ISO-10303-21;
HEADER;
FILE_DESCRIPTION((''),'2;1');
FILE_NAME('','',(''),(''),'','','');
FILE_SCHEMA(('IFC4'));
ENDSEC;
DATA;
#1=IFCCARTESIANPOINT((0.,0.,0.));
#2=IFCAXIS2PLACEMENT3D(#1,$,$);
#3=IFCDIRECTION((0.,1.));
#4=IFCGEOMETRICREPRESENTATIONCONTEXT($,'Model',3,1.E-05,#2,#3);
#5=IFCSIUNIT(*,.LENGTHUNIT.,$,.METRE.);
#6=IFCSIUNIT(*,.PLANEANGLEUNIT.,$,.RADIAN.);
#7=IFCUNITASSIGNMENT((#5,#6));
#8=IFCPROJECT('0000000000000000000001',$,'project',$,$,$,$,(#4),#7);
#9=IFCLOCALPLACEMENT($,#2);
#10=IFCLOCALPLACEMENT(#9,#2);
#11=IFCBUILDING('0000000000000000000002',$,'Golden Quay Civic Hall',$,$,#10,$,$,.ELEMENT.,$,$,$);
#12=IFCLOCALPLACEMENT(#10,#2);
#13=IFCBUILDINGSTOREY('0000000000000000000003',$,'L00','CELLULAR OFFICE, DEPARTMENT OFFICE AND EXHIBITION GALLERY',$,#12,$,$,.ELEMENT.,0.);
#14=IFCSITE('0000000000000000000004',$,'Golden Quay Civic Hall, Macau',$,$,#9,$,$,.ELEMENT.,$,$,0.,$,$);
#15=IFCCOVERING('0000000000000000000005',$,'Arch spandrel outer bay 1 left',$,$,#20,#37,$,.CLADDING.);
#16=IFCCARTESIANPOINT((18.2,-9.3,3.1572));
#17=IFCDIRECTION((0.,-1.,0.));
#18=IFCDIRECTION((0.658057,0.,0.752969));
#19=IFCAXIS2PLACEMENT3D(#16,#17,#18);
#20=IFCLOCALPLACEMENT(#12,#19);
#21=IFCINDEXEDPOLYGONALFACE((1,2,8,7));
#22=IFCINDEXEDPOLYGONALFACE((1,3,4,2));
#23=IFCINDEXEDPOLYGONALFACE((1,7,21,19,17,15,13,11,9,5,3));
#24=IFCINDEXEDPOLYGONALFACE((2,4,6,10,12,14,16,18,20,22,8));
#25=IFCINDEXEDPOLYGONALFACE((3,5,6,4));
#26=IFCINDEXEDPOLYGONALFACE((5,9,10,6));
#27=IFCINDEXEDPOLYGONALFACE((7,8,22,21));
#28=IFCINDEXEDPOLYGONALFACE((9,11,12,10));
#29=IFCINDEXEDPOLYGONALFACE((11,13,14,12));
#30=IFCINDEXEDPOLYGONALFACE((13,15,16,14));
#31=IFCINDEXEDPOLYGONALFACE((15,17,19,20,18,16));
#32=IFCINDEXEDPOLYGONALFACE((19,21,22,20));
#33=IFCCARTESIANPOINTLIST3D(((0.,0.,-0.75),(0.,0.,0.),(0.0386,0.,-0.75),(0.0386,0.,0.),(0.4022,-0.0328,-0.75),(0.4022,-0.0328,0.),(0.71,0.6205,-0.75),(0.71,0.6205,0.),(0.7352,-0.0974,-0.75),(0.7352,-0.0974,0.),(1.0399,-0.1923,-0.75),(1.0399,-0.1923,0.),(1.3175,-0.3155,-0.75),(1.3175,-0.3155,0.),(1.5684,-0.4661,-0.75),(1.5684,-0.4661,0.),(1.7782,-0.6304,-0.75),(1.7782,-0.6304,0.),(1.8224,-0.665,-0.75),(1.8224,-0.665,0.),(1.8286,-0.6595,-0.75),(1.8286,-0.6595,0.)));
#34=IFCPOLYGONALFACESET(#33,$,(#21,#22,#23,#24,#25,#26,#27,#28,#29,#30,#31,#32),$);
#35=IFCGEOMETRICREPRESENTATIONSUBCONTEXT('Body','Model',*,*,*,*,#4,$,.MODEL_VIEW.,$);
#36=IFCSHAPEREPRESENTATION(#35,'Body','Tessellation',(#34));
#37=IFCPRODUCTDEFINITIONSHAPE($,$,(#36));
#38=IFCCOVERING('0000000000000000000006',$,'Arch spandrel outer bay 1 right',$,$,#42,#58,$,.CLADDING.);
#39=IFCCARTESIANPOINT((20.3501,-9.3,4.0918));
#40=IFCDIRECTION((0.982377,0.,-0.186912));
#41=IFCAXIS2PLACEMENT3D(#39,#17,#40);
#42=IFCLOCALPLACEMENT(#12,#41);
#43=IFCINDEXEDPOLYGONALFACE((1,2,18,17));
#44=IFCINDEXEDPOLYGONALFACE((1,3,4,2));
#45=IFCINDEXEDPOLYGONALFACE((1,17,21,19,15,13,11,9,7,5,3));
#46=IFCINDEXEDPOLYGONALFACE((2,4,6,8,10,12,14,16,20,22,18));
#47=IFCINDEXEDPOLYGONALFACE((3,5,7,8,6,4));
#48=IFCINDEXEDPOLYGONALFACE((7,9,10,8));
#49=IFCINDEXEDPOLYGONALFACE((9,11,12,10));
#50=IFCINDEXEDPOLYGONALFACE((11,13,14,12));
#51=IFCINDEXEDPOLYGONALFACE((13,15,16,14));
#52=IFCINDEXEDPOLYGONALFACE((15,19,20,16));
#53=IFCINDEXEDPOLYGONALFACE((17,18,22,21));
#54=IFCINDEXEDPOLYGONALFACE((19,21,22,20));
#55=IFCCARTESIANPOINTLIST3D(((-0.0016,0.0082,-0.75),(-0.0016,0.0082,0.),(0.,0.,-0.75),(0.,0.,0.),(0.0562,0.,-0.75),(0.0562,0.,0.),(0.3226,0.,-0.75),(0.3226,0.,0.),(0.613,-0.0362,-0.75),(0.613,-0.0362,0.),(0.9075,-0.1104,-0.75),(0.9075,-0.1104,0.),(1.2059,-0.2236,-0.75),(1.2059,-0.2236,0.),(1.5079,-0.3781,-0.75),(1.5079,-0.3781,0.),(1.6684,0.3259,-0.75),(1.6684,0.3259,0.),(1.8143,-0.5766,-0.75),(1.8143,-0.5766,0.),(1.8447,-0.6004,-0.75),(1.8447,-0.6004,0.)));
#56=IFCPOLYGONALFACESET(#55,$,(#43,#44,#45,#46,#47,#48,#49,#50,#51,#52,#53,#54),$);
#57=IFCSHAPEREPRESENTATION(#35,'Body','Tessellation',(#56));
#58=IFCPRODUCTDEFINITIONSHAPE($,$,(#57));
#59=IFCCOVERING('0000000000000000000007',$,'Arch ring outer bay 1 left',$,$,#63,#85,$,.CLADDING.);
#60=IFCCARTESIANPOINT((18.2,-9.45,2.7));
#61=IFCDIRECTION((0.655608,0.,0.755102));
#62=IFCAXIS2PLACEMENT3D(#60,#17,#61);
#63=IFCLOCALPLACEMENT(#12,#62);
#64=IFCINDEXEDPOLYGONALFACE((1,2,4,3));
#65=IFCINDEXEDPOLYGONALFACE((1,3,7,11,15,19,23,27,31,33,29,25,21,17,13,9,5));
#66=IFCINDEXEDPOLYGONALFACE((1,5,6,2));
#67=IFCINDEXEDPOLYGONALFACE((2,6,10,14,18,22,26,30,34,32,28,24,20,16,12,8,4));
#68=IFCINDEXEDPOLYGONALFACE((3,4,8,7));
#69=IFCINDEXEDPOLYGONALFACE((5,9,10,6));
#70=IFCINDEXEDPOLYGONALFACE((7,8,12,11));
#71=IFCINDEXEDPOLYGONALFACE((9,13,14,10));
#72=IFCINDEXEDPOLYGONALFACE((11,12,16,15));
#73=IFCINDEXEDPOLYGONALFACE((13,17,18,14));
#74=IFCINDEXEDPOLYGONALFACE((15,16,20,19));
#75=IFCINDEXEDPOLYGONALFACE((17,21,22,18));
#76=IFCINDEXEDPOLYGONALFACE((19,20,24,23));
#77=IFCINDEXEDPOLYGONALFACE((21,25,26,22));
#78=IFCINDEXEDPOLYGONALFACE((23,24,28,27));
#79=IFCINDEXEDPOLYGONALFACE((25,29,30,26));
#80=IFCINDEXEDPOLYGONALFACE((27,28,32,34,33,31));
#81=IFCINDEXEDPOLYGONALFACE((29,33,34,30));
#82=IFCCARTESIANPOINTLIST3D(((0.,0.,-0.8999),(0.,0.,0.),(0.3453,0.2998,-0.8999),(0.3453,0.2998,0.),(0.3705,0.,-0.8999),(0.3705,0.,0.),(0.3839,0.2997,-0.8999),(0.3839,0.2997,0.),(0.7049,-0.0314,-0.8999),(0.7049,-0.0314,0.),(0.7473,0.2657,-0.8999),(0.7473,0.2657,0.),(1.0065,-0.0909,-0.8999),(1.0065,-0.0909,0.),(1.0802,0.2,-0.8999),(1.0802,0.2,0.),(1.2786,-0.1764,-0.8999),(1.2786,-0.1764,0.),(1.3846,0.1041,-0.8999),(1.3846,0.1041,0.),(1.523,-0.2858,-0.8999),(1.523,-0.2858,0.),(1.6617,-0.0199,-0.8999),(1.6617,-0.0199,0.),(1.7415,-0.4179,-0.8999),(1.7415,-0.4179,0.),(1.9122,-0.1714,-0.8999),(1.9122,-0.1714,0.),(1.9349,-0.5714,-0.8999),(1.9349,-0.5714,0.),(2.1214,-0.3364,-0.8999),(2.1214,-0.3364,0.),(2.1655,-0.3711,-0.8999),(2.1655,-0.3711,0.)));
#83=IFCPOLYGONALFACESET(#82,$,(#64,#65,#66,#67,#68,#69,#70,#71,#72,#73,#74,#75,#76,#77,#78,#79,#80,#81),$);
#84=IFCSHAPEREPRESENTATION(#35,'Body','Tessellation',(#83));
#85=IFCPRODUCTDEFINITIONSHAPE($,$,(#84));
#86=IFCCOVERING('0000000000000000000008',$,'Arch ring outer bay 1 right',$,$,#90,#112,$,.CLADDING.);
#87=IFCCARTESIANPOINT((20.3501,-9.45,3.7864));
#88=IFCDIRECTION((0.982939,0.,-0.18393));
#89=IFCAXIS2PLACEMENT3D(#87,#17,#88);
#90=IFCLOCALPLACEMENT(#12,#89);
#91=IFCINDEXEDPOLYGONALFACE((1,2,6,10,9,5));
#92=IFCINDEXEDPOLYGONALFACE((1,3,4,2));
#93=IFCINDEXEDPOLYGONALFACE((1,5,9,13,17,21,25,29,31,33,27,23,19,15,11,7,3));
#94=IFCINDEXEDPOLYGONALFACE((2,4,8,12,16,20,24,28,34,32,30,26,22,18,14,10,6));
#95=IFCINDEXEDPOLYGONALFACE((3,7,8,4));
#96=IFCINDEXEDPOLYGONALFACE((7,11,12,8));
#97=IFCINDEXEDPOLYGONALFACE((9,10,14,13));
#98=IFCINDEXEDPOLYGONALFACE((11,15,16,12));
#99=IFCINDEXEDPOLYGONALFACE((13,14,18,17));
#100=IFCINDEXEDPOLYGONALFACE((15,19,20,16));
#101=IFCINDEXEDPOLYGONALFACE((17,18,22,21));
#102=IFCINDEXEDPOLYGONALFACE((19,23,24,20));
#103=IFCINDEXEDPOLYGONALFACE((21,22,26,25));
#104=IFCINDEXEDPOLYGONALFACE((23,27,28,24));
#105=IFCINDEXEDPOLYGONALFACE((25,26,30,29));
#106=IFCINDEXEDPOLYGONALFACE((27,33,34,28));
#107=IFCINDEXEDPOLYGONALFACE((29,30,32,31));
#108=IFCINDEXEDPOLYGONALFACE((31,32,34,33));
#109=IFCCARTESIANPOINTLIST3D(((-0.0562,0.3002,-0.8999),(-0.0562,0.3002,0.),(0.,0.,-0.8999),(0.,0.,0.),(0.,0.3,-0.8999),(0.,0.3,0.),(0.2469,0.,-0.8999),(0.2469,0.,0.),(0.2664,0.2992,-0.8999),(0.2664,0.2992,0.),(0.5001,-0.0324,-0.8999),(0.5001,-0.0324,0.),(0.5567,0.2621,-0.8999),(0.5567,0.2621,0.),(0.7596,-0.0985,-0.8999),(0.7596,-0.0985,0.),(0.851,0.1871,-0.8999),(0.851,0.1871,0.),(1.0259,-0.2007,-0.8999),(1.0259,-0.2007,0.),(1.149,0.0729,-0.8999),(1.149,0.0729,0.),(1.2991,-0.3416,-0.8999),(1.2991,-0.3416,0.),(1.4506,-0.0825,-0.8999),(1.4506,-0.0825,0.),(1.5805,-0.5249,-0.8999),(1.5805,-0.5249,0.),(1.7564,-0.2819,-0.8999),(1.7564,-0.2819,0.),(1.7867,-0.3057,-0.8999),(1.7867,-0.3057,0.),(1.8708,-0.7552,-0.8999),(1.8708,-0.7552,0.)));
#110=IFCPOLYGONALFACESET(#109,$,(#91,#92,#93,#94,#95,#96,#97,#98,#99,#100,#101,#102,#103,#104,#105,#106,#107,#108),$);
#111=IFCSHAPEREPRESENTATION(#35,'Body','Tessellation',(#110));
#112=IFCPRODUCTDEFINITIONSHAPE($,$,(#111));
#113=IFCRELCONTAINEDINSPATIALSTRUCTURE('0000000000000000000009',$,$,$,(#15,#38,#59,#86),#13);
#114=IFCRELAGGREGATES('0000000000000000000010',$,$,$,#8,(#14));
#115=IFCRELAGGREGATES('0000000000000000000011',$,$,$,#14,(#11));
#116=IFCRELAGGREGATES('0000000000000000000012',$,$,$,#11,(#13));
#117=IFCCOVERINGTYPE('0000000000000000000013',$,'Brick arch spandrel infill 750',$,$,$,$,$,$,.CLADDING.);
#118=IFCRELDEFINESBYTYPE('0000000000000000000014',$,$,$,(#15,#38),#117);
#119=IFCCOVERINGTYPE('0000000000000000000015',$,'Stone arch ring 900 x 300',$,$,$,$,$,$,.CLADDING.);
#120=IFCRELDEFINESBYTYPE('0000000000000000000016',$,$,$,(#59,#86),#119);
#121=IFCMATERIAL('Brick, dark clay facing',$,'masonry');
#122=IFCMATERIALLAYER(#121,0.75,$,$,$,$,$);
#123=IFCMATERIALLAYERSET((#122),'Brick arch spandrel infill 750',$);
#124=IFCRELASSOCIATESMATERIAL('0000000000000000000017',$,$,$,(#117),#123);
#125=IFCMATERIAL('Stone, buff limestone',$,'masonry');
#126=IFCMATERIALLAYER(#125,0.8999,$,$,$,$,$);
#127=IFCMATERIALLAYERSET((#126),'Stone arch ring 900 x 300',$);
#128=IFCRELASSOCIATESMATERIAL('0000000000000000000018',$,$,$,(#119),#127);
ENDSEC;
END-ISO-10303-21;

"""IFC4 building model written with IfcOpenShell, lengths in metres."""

from ifc_helpers import new_model, si_unit, direction, frame, origin, place, context, subcontext, project, spatial, polyline, outline, extrude, material, layer, layer_set, type_object, element, save


model = new_model("IFC4")

# Units and contexts
model_context = context("Model", 3, precision=1e-05, world=origin(), true_north=direction((0.0, 1.0)))
body_context = subcontext(model_context, "Body", "Model", "MODEL_VIEW")
ifc_project = project(units=[si_unit("LENGTHUNIT", "METRE"), si_unit("PLANEANGLEUNIT", "RADIAN")], contexts=[model_context])

# Site, building, storey
site_placement = place(None, origin())
site = spatial("IfcSite", under=ifc_project, at=site_placement, Name="Golden Quay Civic Hall, Macau", CompositionType="ELEMENT", RefElevation=0.0)
building_placement = place(site_placement, origin())
building = spatial("IfcBuilding", under=site, at=building_placement, Name="Golden Quay Civic Hall", CompositionType="ELEMENT")
storey_placement = place(building_placement, origin())
storey = spatial("IfcBuildingStorey", under=building, at=storey_placement, Name="L00", Description="CELLULAR OFFICE, DEPARTMENT OFFICE AND EXHIBITION GALLERY", CompositionType="ELEMENT", Elevation=0.0)

# Coverings
ifc_material_1 = material(Name="Brick, dark clay facing", Category="masonry")
ifc_layer_1 = layer(ifc_material_1, 0.75)
ifc_layer_set_1 = layer_set([ifc_layer_1], Name="Brick arch spandrel infill 750")
covering_type_1 = type_object("IfcCoveringType", Name="Brick arch spandrel infill 750", PredefinedType="CLADDING", material=ifc_layer_set_1)
covering_1_placement = place(storey_placement, frame((18.2, -9.3, 3.1572), z_axis=(0.0, -1.0, 0.0), x_axis=(0.658057, 0.0, 0.752969)))
element("IfcCovering", 1, at=covering_1_placement, inside=storey, type_object=covering_type_1, Name="Arch spandrel outer bay 1 left", PredefinedType="CLADDING", context=body_context, shape_type="SweptSolid", body=[
    extrude(outline(polyline([(0.0, 0.0), (0.0386, 0.0), (0.4022, -0.0328), (0.7352, -0.0974), (1.0399, -0.1923), (1.3175, -0.3155), (1.5684, -0.4661), (1.7782, -0.6304), (1.8224, -0.665), (1.8286, -0.6595), (0.71, 0.6205), (0.0, 0.0)])), origin(), (0.0, 0.0, -1.0), 0.75),
])
covering_2_placement = place(storey_placement, frame((20.3501, -9.3, 4.0918), z_axis=(0.0, -1.0, 0.0), x_axis=(0.982377, 0.0, -0.186912)))
element("IfcCovering", 2, at=covering_2_placement, inside=storey, type_object=covering_type_1, Name="Arch spandrel outer bay 1 right", PredefinedType="CLADDING", context=body_context, shape_type="SweptSolid", body=[
    extrude(outline(polyline([(0.0, 0.0), (0.0562, 0.0), (0.3226, 0.0), (0.613, -0.0362), (0.9075, -0.1104), (1.2059, -0.2236), (1.5079, -0.3781), (1.8143, -0.5766), (1.8447, -0.6004), (1.6684, 0.3259), (-0.0016, 0.0082), (0.0, 0.0)])), origin(), (0.0, 0.0, -1.0), 0.75),
])

# Coverings
ifc_material_2 = material(Name="Stone, buff limestone", Category="masonry")
ifc_layer_2 = layer(ifc_material_2, 0.8999)
ifc_layer_set_2 = layer_set([ifc_layer_2], Name="Stone arch ring 900 x 300")
covering_type_2 = type_object("IfcCoveringType", Name="Stone arch ring 900 x 300", PredefinedType="CLADDING", material=ifc_layer_set_2)
covering_3_placement = place(storey_placement, frame((18.2, -9.45, 2.7), z_axis=(0.0, -1.0, 0.0), x_axis=(0.655608, 0.0, 0.755102)))
element("IfcCovering", 3, at=covering_3_placement, inside=storey, type_object=covering_type_2, Name="Arch ring outer bay 1 left", PredefinedType="CLADDING", context=body_context, shape_type="SweptSolid", body=[
    extrude(outline(polyline([(0.0, 0.0), (0.3705, 0.0), (0.7049, -0.0314), (1.0065, -0.0909), (1.2786, -0.1764), (1.523, -0.2858), (1.7415, -0.4179), (1.9349, -0.5714), (2.1655, -0.3711), (2.1214, -0.3364), (1.9122, -0.1714), (1.6617, -0.0199), (1.3846, 0.1041), (1.0802, 0.2), (0.7473, 0.2657), (0.3839, 0.2997), (0.3453, 0.2998), (0.0, 0.0)])), origin(), (0.0, 0.0, -1.0), 0.8999),
])
covering_4_placement = place(storey_placement, frame((20.3501, -9.45, 3.7864), z_axis=(0.0, -1.0, 0.0), x_axis=(0.982939, 0.0, -0.18393)))
element("IfcCovering", 4, at=covering_4_placement, inside=storey, type_object=covering_type_2, Name="Arch ring outer bay 1 right", PredefinedType="CLADDING", context=body_context, shape_type="SweptSolid", body=[
    extrude(outline(polyline([(0.0, 0.0), (0.2469, 0.0), (0.5001, -0.0324), (0.7596, -0.0985), (1.0259, -0.2007), (1.2991, -0.3416), (1.5805, -0.5249), (1.8708, -0.7552), (1.7867, -0.3057), (1.7564, -0.2819), (1.4506, -0.0825), (1.149, 0.0729), (0.851, 0.1871), (0.5567, 0.2621), (0.2664, 0.2992), (0.0, 0.3), (-0.0562, 0.3002), (0.0, 0.0)])), origin(), (0.0, 0.0, -1.0), 0.8999),
])

save(model, "model.ifc")
